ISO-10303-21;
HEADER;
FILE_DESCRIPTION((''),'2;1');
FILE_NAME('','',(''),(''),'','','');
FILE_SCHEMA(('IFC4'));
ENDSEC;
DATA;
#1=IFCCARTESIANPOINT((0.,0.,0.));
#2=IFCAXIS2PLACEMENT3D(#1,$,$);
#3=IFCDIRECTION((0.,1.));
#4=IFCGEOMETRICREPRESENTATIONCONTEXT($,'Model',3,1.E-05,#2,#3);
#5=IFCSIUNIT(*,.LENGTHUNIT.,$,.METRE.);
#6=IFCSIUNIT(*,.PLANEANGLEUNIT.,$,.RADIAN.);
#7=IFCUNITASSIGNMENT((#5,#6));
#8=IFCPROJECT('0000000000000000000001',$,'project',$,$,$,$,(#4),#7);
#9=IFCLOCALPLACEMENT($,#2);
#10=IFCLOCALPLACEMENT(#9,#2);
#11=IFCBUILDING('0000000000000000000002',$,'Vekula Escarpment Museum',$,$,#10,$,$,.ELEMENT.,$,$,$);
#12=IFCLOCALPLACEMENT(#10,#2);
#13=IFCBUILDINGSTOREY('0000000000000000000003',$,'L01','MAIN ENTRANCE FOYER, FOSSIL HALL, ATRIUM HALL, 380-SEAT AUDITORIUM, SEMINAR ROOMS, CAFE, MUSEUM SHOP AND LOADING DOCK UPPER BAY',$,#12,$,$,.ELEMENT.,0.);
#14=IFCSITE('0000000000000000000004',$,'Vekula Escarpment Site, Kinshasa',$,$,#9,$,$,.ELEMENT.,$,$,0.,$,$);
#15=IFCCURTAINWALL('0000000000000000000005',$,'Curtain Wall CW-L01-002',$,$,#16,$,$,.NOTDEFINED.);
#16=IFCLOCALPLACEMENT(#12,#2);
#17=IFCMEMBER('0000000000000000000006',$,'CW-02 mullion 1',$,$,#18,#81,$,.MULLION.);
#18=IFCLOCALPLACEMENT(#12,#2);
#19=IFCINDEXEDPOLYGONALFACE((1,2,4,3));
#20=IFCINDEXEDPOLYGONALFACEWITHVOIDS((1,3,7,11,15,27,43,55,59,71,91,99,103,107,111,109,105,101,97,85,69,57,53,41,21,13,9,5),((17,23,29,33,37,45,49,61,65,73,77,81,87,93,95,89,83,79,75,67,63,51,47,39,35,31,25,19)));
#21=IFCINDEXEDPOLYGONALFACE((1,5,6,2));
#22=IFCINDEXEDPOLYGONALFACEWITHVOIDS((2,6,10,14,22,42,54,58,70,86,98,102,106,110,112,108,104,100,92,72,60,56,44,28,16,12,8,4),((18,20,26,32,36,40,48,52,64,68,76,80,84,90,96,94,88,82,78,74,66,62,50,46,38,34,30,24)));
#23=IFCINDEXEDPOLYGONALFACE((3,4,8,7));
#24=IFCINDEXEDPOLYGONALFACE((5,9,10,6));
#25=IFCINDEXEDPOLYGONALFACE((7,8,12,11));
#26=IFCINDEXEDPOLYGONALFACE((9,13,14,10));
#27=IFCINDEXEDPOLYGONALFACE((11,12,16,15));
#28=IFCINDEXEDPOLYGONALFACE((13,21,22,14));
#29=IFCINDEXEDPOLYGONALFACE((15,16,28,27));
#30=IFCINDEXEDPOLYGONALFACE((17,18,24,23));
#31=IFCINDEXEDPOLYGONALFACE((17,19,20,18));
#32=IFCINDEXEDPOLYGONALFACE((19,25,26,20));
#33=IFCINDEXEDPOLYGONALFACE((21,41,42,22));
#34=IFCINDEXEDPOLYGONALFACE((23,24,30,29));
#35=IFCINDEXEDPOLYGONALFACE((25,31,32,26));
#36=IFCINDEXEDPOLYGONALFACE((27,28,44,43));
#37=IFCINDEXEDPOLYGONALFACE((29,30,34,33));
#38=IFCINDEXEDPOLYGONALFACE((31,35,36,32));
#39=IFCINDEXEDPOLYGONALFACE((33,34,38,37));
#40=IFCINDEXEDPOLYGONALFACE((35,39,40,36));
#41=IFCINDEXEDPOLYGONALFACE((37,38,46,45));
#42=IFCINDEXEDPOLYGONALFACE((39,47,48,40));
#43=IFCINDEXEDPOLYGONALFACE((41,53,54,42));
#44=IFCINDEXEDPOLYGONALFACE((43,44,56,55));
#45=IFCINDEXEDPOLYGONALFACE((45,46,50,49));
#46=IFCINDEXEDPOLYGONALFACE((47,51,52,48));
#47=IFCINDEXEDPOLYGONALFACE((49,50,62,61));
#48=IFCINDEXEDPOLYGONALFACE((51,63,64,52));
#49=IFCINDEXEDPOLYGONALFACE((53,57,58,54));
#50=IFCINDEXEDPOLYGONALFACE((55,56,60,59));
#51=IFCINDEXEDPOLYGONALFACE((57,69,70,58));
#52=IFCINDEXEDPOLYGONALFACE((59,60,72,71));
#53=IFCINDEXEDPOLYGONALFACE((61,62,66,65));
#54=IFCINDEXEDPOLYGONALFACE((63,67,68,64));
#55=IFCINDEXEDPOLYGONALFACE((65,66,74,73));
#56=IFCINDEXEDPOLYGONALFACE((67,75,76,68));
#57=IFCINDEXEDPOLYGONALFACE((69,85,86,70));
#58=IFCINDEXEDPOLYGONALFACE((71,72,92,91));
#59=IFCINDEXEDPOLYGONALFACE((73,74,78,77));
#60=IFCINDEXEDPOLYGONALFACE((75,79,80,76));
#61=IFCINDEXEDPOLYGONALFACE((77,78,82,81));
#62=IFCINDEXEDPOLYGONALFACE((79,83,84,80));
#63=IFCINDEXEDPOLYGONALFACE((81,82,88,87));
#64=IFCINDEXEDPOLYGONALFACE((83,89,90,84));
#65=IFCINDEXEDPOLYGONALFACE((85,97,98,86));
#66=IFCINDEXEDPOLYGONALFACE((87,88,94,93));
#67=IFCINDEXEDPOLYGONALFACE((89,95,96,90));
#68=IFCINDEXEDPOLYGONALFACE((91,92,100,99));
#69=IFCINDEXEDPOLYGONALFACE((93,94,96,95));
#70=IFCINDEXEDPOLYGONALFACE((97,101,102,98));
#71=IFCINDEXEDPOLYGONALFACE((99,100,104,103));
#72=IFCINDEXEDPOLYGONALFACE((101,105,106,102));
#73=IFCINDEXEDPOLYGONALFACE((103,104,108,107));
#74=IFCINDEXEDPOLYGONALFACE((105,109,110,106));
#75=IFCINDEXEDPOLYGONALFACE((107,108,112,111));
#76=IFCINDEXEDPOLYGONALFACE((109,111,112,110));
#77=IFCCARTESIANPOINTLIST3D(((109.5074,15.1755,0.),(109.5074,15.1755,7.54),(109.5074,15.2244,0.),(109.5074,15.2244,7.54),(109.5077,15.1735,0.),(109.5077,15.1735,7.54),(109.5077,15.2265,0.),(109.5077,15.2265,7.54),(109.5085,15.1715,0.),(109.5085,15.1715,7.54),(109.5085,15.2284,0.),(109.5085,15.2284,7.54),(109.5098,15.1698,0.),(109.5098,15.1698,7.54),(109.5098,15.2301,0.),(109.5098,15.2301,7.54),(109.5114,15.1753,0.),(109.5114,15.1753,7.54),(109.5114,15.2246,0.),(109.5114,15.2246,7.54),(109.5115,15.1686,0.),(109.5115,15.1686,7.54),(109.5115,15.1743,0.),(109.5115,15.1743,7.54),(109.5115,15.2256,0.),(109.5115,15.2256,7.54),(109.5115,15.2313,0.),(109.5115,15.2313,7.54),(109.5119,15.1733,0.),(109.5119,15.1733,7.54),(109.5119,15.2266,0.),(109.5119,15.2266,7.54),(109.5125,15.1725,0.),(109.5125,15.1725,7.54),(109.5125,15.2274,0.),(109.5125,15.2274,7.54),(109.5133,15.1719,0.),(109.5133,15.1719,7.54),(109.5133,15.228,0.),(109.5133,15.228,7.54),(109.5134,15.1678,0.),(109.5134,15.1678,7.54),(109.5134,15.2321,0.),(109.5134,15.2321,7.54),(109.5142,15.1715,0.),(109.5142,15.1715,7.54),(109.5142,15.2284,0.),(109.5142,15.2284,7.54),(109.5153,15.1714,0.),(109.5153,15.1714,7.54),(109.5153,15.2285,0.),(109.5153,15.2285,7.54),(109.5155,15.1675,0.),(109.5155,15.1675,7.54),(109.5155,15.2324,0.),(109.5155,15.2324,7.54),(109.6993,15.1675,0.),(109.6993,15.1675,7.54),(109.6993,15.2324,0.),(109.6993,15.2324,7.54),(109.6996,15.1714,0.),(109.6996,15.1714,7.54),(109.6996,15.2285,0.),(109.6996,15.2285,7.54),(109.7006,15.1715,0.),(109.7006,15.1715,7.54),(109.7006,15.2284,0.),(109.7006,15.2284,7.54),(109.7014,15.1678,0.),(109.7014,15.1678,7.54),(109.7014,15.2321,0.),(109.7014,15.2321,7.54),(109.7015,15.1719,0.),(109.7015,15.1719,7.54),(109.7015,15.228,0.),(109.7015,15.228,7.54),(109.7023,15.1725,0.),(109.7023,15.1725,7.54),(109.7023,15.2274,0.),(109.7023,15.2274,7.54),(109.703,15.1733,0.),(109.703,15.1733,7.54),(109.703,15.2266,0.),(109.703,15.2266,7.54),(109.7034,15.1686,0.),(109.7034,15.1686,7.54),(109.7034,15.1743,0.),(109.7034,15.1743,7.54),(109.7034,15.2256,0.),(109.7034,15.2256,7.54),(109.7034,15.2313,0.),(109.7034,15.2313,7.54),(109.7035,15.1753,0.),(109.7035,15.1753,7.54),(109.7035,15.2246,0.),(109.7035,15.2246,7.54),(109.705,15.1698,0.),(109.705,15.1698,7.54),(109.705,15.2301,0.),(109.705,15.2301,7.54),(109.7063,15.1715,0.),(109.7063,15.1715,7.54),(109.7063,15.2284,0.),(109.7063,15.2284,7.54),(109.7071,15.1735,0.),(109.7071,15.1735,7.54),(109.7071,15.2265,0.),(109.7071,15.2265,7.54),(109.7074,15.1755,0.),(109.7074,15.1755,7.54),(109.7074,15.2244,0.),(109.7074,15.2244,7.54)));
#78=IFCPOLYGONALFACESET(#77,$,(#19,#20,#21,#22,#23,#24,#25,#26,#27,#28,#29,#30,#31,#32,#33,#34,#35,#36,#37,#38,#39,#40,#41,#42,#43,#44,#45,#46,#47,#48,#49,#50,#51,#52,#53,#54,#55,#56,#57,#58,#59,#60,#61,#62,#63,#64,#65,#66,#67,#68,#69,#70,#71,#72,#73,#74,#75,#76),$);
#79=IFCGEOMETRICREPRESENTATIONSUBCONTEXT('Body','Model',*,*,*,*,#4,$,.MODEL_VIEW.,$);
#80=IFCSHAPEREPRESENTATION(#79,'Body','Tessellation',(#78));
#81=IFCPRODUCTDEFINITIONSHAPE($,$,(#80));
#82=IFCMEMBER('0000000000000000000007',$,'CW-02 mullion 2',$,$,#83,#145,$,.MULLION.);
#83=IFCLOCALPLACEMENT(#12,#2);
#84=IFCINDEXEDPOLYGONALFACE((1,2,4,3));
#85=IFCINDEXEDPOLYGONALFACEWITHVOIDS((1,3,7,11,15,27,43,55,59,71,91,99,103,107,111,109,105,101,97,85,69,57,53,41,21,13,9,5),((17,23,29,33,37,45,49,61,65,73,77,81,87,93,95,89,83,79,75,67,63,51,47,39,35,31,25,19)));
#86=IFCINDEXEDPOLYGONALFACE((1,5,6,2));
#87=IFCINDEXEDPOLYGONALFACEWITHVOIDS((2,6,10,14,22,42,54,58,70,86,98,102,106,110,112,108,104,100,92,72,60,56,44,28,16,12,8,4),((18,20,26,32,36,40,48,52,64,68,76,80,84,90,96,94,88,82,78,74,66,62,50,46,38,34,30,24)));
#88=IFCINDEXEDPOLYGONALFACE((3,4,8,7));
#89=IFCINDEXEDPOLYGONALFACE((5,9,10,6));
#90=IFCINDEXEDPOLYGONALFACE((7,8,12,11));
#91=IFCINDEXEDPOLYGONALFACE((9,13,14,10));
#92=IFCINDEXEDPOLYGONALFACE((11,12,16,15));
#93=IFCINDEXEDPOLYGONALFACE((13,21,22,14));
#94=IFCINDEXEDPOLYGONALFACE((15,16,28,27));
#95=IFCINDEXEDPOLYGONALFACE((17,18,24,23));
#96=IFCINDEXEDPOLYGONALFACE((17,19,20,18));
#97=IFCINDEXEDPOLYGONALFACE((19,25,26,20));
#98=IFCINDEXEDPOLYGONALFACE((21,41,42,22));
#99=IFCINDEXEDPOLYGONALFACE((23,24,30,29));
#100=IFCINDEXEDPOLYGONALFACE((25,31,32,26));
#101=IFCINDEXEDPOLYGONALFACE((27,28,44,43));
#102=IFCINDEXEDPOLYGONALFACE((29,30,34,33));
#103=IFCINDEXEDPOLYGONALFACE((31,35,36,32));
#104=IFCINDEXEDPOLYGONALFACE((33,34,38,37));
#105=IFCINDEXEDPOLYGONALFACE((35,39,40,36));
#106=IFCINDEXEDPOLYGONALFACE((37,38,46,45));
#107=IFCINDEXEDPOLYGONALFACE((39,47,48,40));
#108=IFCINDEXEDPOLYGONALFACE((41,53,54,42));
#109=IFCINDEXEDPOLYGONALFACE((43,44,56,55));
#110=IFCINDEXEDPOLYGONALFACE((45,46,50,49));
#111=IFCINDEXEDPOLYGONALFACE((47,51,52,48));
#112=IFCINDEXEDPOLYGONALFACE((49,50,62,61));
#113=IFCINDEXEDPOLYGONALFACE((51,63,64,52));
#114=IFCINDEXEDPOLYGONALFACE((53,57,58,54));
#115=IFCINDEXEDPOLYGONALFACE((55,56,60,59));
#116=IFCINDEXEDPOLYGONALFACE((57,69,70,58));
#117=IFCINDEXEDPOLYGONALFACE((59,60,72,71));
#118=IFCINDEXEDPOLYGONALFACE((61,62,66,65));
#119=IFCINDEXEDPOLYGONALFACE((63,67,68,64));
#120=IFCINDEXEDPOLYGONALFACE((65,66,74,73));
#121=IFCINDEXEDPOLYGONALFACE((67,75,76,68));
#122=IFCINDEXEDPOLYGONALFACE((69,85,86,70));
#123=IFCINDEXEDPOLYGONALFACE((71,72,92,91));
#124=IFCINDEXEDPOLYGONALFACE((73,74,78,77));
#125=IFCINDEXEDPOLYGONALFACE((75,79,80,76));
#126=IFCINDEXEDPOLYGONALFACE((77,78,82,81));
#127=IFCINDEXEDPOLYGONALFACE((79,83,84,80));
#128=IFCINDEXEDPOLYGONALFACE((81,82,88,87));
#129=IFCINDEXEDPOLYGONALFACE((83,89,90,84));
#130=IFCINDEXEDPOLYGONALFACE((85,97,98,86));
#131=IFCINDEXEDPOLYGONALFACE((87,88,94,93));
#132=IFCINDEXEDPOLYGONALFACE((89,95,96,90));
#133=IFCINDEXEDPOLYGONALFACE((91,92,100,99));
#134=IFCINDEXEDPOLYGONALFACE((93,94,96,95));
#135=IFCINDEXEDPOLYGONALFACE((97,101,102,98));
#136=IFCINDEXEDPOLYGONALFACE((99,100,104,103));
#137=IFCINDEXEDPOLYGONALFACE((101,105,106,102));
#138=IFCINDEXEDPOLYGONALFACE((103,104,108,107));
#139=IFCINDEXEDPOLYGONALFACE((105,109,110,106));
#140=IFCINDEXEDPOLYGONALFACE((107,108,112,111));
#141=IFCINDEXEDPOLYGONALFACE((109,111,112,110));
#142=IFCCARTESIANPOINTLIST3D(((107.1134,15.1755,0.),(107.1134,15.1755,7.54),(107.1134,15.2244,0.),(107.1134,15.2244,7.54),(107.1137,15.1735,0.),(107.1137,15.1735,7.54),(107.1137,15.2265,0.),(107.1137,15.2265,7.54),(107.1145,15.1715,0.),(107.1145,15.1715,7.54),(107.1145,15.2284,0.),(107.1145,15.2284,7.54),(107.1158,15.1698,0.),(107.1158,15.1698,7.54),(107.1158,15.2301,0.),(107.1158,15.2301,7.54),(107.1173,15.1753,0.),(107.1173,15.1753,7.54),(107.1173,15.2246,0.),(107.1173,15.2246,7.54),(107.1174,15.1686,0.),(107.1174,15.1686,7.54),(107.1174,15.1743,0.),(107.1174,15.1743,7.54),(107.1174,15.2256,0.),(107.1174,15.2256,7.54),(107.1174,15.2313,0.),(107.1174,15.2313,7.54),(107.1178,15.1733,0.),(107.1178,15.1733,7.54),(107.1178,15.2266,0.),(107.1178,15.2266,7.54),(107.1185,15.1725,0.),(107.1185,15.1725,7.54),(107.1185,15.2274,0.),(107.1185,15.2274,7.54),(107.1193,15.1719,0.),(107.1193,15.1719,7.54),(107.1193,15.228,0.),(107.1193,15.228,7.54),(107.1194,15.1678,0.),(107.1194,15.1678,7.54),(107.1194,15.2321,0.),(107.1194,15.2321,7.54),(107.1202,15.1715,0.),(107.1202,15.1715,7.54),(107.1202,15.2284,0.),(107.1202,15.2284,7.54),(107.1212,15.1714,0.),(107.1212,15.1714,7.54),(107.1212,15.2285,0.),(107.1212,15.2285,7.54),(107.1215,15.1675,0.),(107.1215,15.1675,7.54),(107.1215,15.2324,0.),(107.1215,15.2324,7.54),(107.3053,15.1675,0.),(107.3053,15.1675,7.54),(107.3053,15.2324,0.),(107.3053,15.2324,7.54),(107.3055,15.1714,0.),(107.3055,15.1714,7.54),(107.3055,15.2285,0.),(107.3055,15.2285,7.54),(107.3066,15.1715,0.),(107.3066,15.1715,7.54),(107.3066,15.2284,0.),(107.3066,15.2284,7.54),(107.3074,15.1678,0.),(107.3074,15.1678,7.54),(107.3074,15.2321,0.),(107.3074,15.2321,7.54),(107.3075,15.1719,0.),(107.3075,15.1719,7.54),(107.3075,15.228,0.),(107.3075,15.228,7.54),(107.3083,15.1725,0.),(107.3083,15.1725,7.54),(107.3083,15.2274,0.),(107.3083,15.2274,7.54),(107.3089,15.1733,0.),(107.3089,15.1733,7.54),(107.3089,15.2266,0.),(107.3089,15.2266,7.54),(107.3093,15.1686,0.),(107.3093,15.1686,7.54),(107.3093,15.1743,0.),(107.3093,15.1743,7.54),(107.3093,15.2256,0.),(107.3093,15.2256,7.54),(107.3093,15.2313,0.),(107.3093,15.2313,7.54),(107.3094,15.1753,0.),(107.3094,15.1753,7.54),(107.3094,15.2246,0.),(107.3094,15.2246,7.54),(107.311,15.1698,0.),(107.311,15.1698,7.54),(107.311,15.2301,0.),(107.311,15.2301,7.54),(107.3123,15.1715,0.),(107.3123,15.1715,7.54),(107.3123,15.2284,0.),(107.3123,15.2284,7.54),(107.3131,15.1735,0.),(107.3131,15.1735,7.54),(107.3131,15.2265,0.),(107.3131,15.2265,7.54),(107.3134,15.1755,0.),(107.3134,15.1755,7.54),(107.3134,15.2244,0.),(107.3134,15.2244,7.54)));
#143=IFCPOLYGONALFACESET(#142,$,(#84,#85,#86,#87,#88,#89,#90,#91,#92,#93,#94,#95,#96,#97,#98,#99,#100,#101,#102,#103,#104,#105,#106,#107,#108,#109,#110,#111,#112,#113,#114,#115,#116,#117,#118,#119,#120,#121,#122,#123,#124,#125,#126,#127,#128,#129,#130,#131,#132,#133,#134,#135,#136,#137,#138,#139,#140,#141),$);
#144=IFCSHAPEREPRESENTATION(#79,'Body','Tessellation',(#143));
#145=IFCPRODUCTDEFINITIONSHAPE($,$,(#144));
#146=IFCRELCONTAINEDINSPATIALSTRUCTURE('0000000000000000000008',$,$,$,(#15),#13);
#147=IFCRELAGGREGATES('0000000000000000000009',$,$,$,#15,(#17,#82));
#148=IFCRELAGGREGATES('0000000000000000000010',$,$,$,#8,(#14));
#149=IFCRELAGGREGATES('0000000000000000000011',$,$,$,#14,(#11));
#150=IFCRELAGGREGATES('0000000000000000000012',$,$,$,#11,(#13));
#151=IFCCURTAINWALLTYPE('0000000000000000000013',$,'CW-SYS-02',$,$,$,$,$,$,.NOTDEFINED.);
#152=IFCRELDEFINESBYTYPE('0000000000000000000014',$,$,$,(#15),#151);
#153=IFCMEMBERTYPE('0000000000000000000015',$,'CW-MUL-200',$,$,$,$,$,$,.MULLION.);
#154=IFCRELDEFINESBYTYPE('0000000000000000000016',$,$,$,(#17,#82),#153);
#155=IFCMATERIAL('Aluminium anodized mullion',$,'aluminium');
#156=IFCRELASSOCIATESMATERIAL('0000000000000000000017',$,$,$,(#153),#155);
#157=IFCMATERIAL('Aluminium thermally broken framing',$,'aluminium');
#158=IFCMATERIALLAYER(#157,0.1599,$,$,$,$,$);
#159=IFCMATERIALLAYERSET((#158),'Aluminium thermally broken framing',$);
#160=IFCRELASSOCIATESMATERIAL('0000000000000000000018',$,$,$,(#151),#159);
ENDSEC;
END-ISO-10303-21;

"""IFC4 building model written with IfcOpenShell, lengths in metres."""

from ifc_helpers import new_model, si_unit, direction, frame, origin, origin_2d, place, context, subcontext, project, spatial, hollow_rectangle, extrude, material, layer, layer_set, material_profile, profile_set, type_object, element, aggregate, save


model = new_model("IFC4")

# Units and contexts
model_context = context("Model", 3, precision=1e-05, world=origin(), true_north=direction((0.0, 1.0)))
body_context = subcontext(model_context, "Body", "Model", "MODEL_VIEW")
ifc_project = project(units=[si_unit("LENGTHUNIT", "METRE"), si_unit("PLANEANGLEUNIT", "RADIAN")], contexts=[model_context])

# Site, building, storey
site_placement = place(None, origin())
site = spatial("IfcSite", under=ifc_project, at=site_placement, Name="Vekula Escarpment Site, Kinshasa", CompositionType="ELEMENT", RefElevation=0.0)
building_placement = place(site_placement, origin())
building = spatial("IfcBuilding", under=site, at=building_placement, Name="Vekula Escarpment Museum", CompositionType="ELEMENT")
storey_placement = place(building_placement, origin())
storey = spatial("IfcBuildingStorey", under=building, at=storey_placement, Name="L01", Description="MAIN ENTRANCE FOYER, FOSSIL HALL, ATRIUM HALL, 380-SEAT AUDITORIUM, SEMINAR ROOMS, CAFE, MUSEUM SHOP AND LOADING DOCK UPPER BAY", CompositionType="ELEMENT", Elevation=0.0)

# Shared definitions
ifc_material_1 = material(Name="Aluminium anodized mullion", Category="aluminium")
ifc_material_profile_1 = material_profile(ifc_material_1, hollow_rectangle(XDim=0.0649, YDim=0.2, WallThickness=0.0039, InnerFilletRadius=0.0039, OuterFilletRadius=0.0081, at=origin_2d()), Name="ALU 200x65x4")
ifc_profile_set_1 = profile_set([ifc_material_profile_1], Name="Aluminium anodized mullion")
member_type_1 = type_object("IfcMemberType", Name="CW-MUL-200", PredefinedType="MULLION", material=ifc_profile_set_1)

# Curtain wall, members
ifc_material_2 = material(Name="Aluminium thermally broken framing", Category="aluminium")
ifc_layer_1 = layer(ifc_material_2, 0.1599)
ifc_layer_set_1 = layer_set([ifc_layer_1], Name="Aluminium thermally broken framing")
curtain_wall_type_1 = type_object("IfcCurtainWallType", Name="CW-SYS-02", PredefinedType="NOTDEFINED", material=ifc_layer_set_1)
curtain_wall_1_placement = place(storey_placement, origin())
curtain_wall_1 = element("IfcCurtainWall", 1, at=curtain_wall_1_placement, inside=storey, type_object=curtain_wall_type_1, Name="Curtain Wall CW-L01-002", PredefinedType="NOTDEFINED")
member_1_placement = place(storey_placement, frame((109.6074, 15.2, 0.0), z_axis=(0.0, 0.0, 1.0), x_axis=(0.0, -1.0, 0.0)))
member_1 = element("IfcMember", 2, at=member_1_placement, type_object=member_type_1, Name="CW-02 mullion 1", PredefinedType="MULLION", context=body_context, shape_type="SweptSolid", body=[
    extrude(hollow_rectangle(XDim=0.0649, YDim=0.2, WallThickness=0.0039, InnerFilletRadius=0.0039, OuterFilletRadius=0.0081, at=origin_2d()), origin(), (0.0, 0.0, 1.0), 7.54),
])
member_2_placement = place(storey_placement, frame((107.2134, 15.2, 0.0), z_axis=(0.0, 0.0, 1.0), x_axis=(0.0, -1.0, 0.0)))
member_2 = element("IfcMember", 3, at=member_2_placement, type_object=member_type_1, Name="CW-02 mullion 2", PredefinedType="MULLION", context=body_context, shape_type="SweptSolid", body=[
    extrude(hollow_rectangle(XDim=0.0649, YDim=0.2, WallThickness=0.0039, InnerFilletRadius=0.0039, OuterFilletRadius=0.0081, at=origin_2d()), origin(), (0.0, 0.0, 1.0), 7.54),
])

aggregate(curtain_wall_1, [member_1, member_2])

save(model, "model.ifc")
